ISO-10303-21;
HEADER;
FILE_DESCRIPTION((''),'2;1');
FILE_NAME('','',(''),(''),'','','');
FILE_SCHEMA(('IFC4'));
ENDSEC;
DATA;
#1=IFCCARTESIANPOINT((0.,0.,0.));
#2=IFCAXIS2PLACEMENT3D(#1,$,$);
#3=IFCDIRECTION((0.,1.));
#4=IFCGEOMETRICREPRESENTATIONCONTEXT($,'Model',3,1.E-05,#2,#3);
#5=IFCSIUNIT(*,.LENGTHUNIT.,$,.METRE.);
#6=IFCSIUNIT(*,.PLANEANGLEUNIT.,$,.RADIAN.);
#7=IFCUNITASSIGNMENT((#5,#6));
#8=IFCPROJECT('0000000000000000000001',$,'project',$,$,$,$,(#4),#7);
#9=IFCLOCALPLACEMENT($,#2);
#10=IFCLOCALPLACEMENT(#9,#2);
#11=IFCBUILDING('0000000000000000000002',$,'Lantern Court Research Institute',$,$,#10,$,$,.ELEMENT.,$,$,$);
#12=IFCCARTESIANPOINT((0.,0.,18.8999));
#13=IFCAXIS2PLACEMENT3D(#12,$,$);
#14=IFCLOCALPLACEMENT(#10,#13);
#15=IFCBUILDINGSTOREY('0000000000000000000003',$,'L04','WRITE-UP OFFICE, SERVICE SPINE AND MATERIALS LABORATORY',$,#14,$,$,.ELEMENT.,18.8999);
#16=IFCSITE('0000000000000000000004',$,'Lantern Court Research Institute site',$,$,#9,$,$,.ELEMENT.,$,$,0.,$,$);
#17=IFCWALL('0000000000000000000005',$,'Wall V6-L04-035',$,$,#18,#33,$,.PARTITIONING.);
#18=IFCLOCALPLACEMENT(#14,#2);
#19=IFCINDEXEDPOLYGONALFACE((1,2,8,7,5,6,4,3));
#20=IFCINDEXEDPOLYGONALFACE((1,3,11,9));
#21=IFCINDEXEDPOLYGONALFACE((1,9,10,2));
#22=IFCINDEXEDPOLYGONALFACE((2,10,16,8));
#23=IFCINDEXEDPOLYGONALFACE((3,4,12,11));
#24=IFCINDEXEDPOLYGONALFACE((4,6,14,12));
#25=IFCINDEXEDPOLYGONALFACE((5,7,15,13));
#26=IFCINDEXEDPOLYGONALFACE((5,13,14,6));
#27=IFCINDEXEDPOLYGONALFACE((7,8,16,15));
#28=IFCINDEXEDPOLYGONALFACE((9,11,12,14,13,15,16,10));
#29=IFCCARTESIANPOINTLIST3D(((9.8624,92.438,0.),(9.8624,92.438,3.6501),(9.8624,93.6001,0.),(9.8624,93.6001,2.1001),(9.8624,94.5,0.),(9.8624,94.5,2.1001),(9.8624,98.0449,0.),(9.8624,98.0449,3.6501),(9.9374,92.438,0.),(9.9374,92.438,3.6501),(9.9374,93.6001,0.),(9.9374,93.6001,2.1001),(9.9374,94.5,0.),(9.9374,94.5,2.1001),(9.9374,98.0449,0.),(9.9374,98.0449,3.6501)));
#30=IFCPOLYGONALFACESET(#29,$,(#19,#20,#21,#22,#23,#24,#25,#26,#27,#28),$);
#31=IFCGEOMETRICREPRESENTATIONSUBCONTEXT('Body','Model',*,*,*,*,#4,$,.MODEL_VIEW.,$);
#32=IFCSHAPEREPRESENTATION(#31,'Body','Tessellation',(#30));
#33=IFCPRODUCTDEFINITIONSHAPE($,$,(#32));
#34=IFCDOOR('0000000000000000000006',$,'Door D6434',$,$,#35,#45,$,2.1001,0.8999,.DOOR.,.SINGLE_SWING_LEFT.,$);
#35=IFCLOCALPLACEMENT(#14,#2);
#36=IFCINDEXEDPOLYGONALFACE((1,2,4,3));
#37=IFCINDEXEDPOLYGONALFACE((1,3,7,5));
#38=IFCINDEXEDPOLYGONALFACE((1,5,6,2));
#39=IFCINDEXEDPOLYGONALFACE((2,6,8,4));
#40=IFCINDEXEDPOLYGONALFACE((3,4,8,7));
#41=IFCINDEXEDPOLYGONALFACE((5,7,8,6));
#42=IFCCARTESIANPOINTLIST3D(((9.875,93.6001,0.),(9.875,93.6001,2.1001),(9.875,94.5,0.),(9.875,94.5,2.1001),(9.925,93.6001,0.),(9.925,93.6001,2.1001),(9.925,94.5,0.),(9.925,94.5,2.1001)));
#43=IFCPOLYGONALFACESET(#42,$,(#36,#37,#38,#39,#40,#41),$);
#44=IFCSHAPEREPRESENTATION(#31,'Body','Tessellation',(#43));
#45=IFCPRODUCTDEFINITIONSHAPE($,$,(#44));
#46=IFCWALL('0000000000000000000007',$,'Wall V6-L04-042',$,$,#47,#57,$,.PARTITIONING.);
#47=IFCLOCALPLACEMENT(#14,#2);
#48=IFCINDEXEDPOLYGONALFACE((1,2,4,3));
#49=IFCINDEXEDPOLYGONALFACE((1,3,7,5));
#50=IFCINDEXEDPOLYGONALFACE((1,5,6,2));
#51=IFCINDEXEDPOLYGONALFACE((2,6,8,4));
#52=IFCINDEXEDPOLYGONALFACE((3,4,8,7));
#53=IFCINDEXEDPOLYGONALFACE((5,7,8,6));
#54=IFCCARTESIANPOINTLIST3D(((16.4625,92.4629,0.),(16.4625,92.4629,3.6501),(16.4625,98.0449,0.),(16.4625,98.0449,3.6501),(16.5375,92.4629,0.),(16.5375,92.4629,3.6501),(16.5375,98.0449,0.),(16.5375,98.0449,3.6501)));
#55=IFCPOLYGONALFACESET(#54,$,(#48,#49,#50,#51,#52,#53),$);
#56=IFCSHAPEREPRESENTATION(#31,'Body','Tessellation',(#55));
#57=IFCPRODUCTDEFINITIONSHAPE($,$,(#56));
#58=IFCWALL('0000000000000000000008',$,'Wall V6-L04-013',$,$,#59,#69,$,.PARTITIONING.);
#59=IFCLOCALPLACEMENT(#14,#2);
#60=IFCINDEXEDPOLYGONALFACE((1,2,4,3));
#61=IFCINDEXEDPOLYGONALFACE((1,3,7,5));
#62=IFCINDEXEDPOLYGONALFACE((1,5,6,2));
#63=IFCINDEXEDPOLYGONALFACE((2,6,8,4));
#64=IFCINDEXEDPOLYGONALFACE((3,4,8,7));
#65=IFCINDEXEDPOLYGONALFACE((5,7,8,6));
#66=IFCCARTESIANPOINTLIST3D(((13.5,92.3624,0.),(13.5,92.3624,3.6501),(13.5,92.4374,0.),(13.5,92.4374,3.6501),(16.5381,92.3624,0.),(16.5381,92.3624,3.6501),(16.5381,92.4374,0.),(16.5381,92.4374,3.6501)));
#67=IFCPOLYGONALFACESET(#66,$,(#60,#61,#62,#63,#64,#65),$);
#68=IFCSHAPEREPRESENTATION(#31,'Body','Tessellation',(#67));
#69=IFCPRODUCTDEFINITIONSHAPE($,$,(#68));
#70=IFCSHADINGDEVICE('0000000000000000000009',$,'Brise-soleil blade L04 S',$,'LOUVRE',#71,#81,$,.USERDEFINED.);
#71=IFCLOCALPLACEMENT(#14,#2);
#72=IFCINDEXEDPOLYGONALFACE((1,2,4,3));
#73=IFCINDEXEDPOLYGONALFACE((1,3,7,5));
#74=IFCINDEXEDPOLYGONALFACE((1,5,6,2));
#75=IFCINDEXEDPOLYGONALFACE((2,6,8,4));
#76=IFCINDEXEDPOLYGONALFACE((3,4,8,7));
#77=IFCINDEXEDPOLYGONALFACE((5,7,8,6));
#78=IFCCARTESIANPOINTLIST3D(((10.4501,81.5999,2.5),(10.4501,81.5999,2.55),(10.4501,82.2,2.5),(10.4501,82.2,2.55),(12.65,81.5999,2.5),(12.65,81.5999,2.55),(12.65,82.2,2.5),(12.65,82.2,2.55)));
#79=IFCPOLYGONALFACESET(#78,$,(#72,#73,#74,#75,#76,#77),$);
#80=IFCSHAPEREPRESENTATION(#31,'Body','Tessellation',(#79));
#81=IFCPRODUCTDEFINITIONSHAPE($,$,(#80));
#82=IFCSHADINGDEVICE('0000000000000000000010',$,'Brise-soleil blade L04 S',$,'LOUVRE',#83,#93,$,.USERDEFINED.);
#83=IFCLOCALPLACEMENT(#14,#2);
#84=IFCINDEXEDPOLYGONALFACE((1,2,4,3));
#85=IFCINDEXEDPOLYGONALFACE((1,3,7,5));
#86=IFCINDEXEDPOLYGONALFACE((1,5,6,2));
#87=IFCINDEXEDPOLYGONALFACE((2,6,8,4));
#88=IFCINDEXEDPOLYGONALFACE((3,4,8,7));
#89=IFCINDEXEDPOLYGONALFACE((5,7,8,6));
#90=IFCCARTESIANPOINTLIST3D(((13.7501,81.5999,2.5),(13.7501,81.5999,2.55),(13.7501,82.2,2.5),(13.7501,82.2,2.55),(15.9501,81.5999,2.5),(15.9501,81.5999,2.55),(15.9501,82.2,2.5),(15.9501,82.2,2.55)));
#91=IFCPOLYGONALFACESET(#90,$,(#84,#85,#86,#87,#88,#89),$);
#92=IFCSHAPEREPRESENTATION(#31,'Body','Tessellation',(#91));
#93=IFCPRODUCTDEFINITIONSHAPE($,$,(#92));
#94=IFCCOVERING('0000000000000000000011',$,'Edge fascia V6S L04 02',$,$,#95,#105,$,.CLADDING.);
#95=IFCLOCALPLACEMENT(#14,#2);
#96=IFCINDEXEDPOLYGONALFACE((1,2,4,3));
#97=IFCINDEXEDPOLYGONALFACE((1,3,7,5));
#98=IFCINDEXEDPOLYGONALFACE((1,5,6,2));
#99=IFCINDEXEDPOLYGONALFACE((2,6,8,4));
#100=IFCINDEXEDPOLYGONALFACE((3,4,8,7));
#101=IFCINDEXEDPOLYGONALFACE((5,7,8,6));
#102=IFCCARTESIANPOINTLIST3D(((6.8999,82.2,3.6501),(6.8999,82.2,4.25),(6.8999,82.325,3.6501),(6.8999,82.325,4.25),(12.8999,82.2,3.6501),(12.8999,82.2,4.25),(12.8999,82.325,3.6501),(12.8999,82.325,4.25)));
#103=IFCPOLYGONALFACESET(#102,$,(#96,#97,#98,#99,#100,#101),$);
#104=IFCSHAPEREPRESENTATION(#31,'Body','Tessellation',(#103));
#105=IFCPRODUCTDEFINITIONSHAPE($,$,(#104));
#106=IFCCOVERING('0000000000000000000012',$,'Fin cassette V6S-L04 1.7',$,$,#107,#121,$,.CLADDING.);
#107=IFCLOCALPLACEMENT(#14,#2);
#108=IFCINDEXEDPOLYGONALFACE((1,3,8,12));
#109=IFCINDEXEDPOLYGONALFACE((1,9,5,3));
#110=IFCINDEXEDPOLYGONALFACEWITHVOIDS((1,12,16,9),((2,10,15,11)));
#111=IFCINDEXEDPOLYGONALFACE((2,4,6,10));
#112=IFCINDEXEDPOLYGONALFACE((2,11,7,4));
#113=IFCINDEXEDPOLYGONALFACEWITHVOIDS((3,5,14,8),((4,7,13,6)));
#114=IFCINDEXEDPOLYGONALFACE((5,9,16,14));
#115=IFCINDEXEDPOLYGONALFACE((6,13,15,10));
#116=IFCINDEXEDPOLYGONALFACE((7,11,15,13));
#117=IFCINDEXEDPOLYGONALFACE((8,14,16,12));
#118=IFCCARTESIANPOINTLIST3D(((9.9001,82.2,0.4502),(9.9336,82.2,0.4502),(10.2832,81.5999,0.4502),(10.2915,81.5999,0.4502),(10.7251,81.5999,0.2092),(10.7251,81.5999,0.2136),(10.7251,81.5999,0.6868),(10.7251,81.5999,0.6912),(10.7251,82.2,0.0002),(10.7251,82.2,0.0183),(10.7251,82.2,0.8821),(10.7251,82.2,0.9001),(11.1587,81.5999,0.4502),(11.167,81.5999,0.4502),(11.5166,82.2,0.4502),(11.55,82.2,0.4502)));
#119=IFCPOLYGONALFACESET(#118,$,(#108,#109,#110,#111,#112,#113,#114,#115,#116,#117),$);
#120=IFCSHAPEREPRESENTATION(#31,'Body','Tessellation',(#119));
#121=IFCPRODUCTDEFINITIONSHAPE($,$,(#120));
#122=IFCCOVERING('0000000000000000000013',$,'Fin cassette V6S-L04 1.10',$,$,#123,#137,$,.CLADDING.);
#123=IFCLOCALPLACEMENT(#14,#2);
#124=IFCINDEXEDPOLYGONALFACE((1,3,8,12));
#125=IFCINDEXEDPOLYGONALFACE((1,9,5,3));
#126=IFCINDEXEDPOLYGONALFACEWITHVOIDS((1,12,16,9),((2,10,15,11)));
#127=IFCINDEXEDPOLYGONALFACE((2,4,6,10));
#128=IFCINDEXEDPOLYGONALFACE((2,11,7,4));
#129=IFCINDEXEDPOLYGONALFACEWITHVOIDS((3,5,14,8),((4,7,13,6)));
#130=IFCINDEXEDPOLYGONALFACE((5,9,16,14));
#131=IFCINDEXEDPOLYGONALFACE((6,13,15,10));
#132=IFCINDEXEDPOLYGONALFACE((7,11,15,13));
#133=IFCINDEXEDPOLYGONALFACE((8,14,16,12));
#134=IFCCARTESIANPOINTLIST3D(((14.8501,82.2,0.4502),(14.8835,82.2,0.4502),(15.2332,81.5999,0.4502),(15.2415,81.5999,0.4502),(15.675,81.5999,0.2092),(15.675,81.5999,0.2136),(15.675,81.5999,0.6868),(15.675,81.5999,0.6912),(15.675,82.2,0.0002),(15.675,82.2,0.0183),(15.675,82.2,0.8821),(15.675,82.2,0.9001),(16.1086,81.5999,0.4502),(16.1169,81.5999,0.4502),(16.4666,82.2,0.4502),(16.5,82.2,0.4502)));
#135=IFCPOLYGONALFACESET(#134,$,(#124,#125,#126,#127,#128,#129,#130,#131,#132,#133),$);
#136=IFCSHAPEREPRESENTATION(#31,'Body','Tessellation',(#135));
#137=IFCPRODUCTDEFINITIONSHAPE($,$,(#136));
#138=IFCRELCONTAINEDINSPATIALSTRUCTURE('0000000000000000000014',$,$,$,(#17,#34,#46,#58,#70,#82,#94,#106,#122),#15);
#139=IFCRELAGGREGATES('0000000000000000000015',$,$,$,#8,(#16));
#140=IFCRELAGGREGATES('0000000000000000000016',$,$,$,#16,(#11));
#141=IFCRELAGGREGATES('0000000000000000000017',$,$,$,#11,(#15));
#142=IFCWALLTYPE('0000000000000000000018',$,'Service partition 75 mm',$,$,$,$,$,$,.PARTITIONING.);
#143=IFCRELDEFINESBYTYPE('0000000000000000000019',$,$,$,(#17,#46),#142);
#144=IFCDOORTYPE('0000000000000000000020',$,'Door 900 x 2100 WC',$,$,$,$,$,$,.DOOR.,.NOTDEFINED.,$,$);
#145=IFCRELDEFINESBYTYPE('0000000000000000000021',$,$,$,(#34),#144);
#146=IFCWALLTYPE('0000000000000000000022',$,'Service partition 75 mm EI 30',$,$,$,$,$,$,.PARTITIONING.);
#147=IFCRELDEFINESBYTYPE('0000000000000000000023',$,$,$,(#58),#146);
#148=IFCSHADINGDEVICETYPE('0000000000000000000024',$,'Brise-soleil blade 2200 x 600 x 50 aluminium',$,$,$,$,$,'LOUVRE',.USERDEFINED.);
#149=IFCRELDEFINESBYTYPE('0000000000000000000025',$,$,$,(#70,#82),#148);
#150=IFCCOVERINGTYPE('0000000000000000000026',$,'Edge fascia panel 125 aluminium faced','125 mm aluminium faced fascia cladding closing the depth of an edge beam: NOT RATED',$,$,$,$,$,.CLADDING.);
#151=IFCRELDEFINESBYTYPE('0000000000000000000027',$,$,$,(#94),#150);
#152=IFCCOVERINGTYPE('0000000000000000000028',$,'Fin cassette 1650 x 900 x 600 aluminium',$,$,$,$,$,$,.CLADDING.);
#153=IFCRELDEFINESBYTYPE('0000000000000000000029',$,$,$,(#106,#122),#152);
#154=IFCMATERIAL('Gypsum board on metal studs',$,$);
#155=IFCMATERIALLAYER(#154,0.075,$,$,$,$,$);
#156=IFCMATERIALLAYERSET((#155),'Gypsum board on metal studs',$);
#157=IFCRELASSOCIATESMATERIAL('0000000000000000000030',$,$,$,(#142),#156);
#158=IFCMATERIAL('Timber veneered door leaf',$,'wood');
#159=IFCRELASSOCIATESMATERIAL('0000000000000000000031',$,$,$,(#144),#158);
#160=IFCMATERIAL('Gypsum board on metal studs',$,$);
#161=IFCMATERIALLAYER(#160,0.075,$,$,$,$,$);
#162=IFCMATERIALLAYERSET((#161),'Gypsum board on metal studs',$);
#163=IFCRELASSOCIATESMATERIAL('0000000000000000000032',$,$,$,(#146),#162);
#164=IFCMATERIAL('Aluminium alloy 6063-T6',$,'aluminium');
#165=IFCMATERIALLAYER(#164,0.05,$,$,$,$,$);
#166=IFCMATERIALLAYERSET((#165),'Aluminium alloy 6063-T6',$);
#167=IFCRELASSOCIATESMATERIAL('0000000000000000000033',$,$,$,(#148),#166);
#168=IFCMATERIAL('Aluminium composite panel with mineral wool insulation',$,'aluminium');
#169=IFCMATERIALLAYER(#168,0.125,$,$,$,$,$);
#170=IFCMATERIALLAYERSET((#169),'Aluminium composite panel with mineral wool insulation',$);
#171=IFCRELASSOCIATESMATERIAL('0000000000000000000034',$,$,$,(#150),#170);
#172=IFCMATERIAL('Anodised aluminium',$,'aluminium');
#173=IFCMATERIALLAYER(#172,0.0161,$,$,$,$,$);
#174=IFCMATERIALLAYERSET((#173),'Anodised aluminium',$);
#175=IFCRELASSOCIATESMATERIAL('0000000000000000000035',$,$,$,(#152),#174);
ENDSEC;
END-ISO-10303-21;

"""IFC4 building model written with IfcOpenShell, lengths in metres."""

from ifc_helpers import new_model, entity, si_unit, direction, frame, frame_2d, origin, origin_2d, place, context, subcontext, project, spatial, rectangle, extrude, material, layer, layer_set, type_object, element, fill, save


model = new_model("IFC4")

# Units and contexts
model_context = context("Model", 3, precision=1e-05, world=origin(), true_north=direction((0.0, 1.0)))
body_context = subcontext(model_context, "Body", "Model", "MODEL_VIEW")
ifc_project = project(units=[si_unit("LENGTHUNIT", "METRE"), si_unit("PLANEANGLEUNIT", "RADIAN")], contexts=[model_context])

# Site, building, storey
site_placement = place(None, origin())
site = spatial("IfcSite", under=ifc_project, at=site_placement, Name="Lantern Court Research Institute site", CompositionType="ELEMENT", RefElevation=0.0)
building_placement = place(site_placement, origin())
building = spatial("IfcBuilding", under=site, at=building_placement, Name="Lantern Court Research Institute", CompositionType="ELEMENT")
storey_placement = place(building_placement, frame((0.0, 0.0, 18.8999)))
storey = spatial("IfcBuildingStorey", under=building, at=storey_placement, Name="L04", Description="WRITE-UP OFFICE, SERVICE SPINE AND MATERIALS LABORATORY", CompositionType="ELEMENT", Elevation=18.8999)

# Wall, opening, door
ifc_material_1 = material(Name="Gypsum board on metal studs")
ifc_layer_1 = layer(ifc_material_1, 0.075)
ifc_layer_set_1 = layer_set([ifc_layer_1], Name="Gypsum board on metal studs")
wall_type_1 = type_object("IfcWallType", Name="Service partition 75 mm", PredefinedType="PARTITIONING", material=ifc_layer_set_1)
wall_1_placement = place(storey_placement, frame((9.8999, 92.438, 0.0), z_axis=(0.0, 0.0, 1.0), x_axis=(0.0, 1.0, 0.0)))
wall_1 = element("IfcWall", 1, at=wall_1_placement, inside=storey, type_object=wall_type_1, Name="Wall V6-L04-035", PredefinedType="PARTITIONING", context=body_context, shape_type="SweptSolid", body=[
    extrude(rectangle(XDim=5.6069, YDim=0.075, at=frame_2d((2.8035, 0.0))), origin(), (0.0, 0.0, 1.0), 3.6501),
])
opening_1_placement = place(wall_1_placement, frame((1.1621, 0.0, 0.0)))
opening_1 = element("IfcOpeningElement", 2, at=opening_1_placement, cuts=wall_1, PredefinedType="OPENING", context=body_context, shape_type="SweptSolid", body=[
    extrude(rectangle(XDim=0.8999, YDim=2.1001, at=frame_2d((0.45, 1.05))), frame((0.0, 0.0474, 0.0), z_axis=(0.0, -1.0, 0.0), x_axis=(1.0, 0.0, 0.0)), (0.0, 0.0, 1.0), 0.095),
])
ifc_material_2 = material(Name="Timber veneered door leaf", Category="wood")
door_type_1 = type_object("IfcDoorType", Name="Door 900 x 2100 WC", OperationType="NOTDEFINED", PredefinedType="DOOR", material=ifc_material_2)
door_1_placement = place(opening_1_placement, origin())
door_1 = element("IfcDoor", 3, at=door_1_placement, inside=storey, type_object=door_type_1, Name="Door D6434", OperationType="SINGLE_SWING_LEFT", OverallHeight=2.1001, OverallWidth=0.8999, PredefinedType="DOOR", context=body_context, shape_type="SweptSolid", body=[
    extrude(rectangle(XDim=0.8999, YDim=2.1001, at=frame_2d((0.45, 1.05))), frame((0.0, 0.0249, 0.0), z_axis=(0.0, -1.0, 0.0), x_axis=(1.0, 0.0, 0.0)), (0.0, 0.0, 1.0), 0.05),
])
fill(opening_1, door_1)

# Walls
wall_2_placement = place(storey_placement, frame((16.5, 92.4629, 0.0), z_axis=(0.0, 0.0, 1.0), x_axis=(0.0, 1.0, 0.0)))
element("IfcWall", 4, at=wall_2_placement, inside=storey, type_object=wall_type_1, Name="Wall V6-L04-042", PredefinedType="PARTITIONING", context=body_context, shape_type="SweptSolid", body=[
    extrude(rectangle(XDim=5.582, YDim=0.075, at=frame_2d((2.791, 0.0))), origin(), (0.0, 0.0, 1.0), 3.6501),
])
ifc_material_3 = material(Name="Gypsum board on metal studs")
ifc_layer_2 = layer(ifc_material_3, 0.075)
ifc_layer_set_2 = layer_set([ifc_layer_2], Name="Gypsum board on metal studs")
wall_type_2 = type_object("IfcWallType", Name="Service partition 75 mm EI 30", PredefinedType="PARTITIONING", material=ifc_layer_set_2)
wall_3_placement = place(storey_placement, frame((13.5, 92.3999, 0.0), z_axis=(0.0, 0.0, 1.0), x_axis=(1.0, 0.0, 0.0)))
element("IfcWall", 5, at=wall_3_placement, inside=storey, type_object=wall_type_2, Name="Wall V6-L04-013", PredefinedType="PARTITIONING", context=body_context, shape_type="SweptSolid", body=[
    extrude(rectangle(XDim=3.0381, YDim=0.075, at=frame_2d((1.519, 0.0))), origin(), (0.0, 0.0, 1.0), 3.6501),
])

# Shading devices
ifc_material_4 = material(Name="Aluminium alloy 6063-T6", Category="aluminium")
ifc_layer_3 = layer(ifc_material_4, 0.05)
ifc_layer_set_3 = layer_set([ifc_layer_3], Name="Aluminium alloy 6063-T6")
shading_device_type = type_object("IfcShadingDeviceType", Name="Brise-soleil blade 2200 x 600 x 50 aluminium", ElementType="LOUVRE", PredefinedType="USERDEFINED", material=ifc_layer_set_3)
for number, where, z_axis, x_axis, name in (
    (6, (11.55, 81.8999, 2.5), (0.0, 0.0, 1.0), (-1.0, 0.0, 0.0), "Brise-soleil blade L04 S"),
    (7, (14.8501, 81.8999, 2.5), (0.0, 0.0, 1.0), (-1.0, 0.0, 0.0), "Brise-soleil blade L04 S"),
):
    element("IfcShadingDevice", number, at=place(storey_placement, frame(where, z_axis=z_axis, x_axis=x_axis)), inside=storey, type_object=shading_device_type, Name=name, ObjectType="LOUVRE", PredefinedType="USERDEFINED", context=body_context, shape_type="SweptSolid", body=[
        extrude(rectangle(XDim=2.2, YDim=0.6001, at=origin_2d()), origin(), (0.0, 0.0, 1.0), 0.05),
    ])

# Coverings
ifc_material_5 = material(Name="Aluminium composite panel with mineral wool insulation", Category="aluminium")
ifc_layer_4 = layer(ifc_material_5, 0.125)
ifc_layer_set_4 = layer_set([ifc_layer_4], Name="Aluminium composite panel with mineral wool insulation")
covering_type_1 = type_object("IfcCoveringType", Name="Edge fascia panel 125 aluminium faced", Description="125 mm aluminium faced fascia cladding closing the depth of an edge beam: NOT RATED", PredefinedType="CLADDING", material=ifc_layer_set_4)
covering_1_placement = place(storey_placement, frame((12.8999, 82.2625, 3.6501), z_axis=(0.0, 0.0, 1.0), x_axis=(-1.0, 0.0, 0.0)))
element("IfcCovering", 8, at=covering_1_placement, inside=storey, type_object=covering_type_1, Name="Edge fascia V6S L04 02", PredefinedType="CLADDING", context=body_context, shape_type="SweptSolid", body=[
    extrude(rectangle(XDim=6.0, YDim=0.125, at=frame_2d((3.0, 0.0))), origin(), (0.0, 0.0, 1.0), 0.5999),
])
ifc_material_6 = material(Name="Anodised aluminium", Category="aluminium")
ifc_layer_5 = layer(ifc_material_6, 0.0161)
ifc_layer_set_5 = layer_set([ifc_layer_5], Name="Anodised aluminium")
covering_type_2 = type_object("IfcCoveringType", Name="Fin cassette 1650 x 900 x 600 aluminium", PredefinedType="CLADDING", material=ifc_layer_set_5)
covering_2_placement = place(storey_placement, frame((10.7251, 82.2, 0.4502), z_axis=(0.0, -1.0, 0.0), x_axis=(1.0, 0.0, 0.0)))
cartesian_point_1 = entity("IfcCartesianPoint", [0.825, 0.0])
cartesian_point_2 = entity("IfcCartesianPoint", [0.7915, 0.0])
cartesian_point_3 = entity("IfcCartesianPoint", [0.4419, 0.0])
cartesian_point_4 = entity("IfcCartesianPoint", [0.4336, 0.0])
element("IfcCovering", 9, at=covering_2_placement, inside=storey, type_object=covering_type_2, Name="Fin cassette V6S-L04 1.7", PredefinedType="CLADDING", context=body_context, shape_type="SweptSolid", body=[
    entity("IfcExtrudedAreaSolidTapered", entity("IfcArbitraryProfileDefWithVoids", "AREA", None, entity("IfcPolyline", [cartesian_point_1, entity("IfcCartesianPoint", [0.0, 0.45]), entity("IfcCartesianPoint", [-0.825, 0.0]), entity("IfcCartesianPoint", [0.0, -0.45]), cartesian_point_1]), [entity("IfcPolyline", [cartesian_point_2, entity("IfcCartesianPoint", [0.0, 0.4319]), entity("IfcCartesianPoint", [-0.7915, 0.0]), entity("IfcCartesianPoint", [0.0, -0.4319]), cartesian_point_2])]), entity("IfcAxis2Placement3D", entity("IfcCartesianPoint", [0.0, 0.0, 0.0])), entity("IfcDirection", [0.0, 0.0, 1.0]), 0.6001, entity("IfcArbitraryProfileDefWithVoids", "AREA", None, entity("IfcPolyline", [cartesian_point_3, entity("IfcCartesianPoint", [0.0, 0.241]), entity("IfcCartesianPoint", [-0.4419, 0.0]), entity("IfcCartesianPoint", [0.0, -0.241]), cartesian_point_3]), [entity("IfcPolyline", [cartesian_point_4, entity("IfcCartesianPoint", [0.0, 0.2366]), entity("IfcCartesianPoint", [-0.4336, 0.0]), entity("IfcCartesianPoint", [0.0, -0.2366]), cartesian_point_4])])),
])
covering_3_placement = place(storey_placement, frame((15.675, 82.2, 0.4502), z_axis=(0.0, -1.0, 0.0), x_axis=(1.0, 0.0, 0.0)))
cartesian_point_5 = entity("IfcCartesianPoint", [0.825, 0.0])
cartesian_point_6 = entity("IfcCartesianPoint", [0.7915, 0.0])
cartesian_point_7 = entity("IfcCartesianPoint", [0.4419, 0.0])
cartesian_point_8 = entity("IfcCartesianPoint", [0.4336, 0.0])
element("IfcCovering", 10, at=covering_3_placement, inside=storey, type_object=covering_type_2, Name="Fin cassette V6S-L04 1.10", PredefinedType="CLADDING", context=body_context, shape_type="SweptSolid", body=[
    entity("IfcExtrudedAreaSolidTapered", entity("IfcArbitraryProfileDefWithVoids", "AREA", None, entity("IfcPolyline", [cartesian_point_5, entity("IfcCartesianPoint", [0.0, 0.45]), entity("IfcCartesianPoint", [-0.825, 0.0]), entity("IfcCartesianPoint", [0.0, -0.45]), cartesian_point_5]), [entity("IfcPolyline", [cartesian_point_6, entity("IfcCartesianPoint", [0.0, 0.4319]), entity("IfcCartesianPoint", [-0.7915, 0.0]), entity("IfcCartesianPoint", [0.0, -0.4319]), cartesian_point_6])]), entity("IfcAxis2Placement3D", entity("IfcCartesianPoint", [0.0, 0.0, 0.0])), entity("IfcDirection", [0.0, 0.0, 1.0]), 0.6001, entity("IfcArbitraryProfileDefWithVoids", "AREA", None, entity("IfcPolyline", [cartesian_point_7, entity("IfcCartesianPoint", [0.0, 0.241]), entity("IfcCartesianPoint", [-0.4419, 0.0]), entity("IfcCartesianPoint", [0.0, -0.241]), cartesian_point_7]), [entity("IfcPolyline", [cartesian_point_8, entity("IfcCartesianPoint", [0.0, 0.2366]), entity("IfcCartesianPoint", [-0.4336, 0.0]), entity("IfcCartesianPoint", [0.0, -0.2366]), cartesian_point_8])])),
])

save(model, "model.ifc")
